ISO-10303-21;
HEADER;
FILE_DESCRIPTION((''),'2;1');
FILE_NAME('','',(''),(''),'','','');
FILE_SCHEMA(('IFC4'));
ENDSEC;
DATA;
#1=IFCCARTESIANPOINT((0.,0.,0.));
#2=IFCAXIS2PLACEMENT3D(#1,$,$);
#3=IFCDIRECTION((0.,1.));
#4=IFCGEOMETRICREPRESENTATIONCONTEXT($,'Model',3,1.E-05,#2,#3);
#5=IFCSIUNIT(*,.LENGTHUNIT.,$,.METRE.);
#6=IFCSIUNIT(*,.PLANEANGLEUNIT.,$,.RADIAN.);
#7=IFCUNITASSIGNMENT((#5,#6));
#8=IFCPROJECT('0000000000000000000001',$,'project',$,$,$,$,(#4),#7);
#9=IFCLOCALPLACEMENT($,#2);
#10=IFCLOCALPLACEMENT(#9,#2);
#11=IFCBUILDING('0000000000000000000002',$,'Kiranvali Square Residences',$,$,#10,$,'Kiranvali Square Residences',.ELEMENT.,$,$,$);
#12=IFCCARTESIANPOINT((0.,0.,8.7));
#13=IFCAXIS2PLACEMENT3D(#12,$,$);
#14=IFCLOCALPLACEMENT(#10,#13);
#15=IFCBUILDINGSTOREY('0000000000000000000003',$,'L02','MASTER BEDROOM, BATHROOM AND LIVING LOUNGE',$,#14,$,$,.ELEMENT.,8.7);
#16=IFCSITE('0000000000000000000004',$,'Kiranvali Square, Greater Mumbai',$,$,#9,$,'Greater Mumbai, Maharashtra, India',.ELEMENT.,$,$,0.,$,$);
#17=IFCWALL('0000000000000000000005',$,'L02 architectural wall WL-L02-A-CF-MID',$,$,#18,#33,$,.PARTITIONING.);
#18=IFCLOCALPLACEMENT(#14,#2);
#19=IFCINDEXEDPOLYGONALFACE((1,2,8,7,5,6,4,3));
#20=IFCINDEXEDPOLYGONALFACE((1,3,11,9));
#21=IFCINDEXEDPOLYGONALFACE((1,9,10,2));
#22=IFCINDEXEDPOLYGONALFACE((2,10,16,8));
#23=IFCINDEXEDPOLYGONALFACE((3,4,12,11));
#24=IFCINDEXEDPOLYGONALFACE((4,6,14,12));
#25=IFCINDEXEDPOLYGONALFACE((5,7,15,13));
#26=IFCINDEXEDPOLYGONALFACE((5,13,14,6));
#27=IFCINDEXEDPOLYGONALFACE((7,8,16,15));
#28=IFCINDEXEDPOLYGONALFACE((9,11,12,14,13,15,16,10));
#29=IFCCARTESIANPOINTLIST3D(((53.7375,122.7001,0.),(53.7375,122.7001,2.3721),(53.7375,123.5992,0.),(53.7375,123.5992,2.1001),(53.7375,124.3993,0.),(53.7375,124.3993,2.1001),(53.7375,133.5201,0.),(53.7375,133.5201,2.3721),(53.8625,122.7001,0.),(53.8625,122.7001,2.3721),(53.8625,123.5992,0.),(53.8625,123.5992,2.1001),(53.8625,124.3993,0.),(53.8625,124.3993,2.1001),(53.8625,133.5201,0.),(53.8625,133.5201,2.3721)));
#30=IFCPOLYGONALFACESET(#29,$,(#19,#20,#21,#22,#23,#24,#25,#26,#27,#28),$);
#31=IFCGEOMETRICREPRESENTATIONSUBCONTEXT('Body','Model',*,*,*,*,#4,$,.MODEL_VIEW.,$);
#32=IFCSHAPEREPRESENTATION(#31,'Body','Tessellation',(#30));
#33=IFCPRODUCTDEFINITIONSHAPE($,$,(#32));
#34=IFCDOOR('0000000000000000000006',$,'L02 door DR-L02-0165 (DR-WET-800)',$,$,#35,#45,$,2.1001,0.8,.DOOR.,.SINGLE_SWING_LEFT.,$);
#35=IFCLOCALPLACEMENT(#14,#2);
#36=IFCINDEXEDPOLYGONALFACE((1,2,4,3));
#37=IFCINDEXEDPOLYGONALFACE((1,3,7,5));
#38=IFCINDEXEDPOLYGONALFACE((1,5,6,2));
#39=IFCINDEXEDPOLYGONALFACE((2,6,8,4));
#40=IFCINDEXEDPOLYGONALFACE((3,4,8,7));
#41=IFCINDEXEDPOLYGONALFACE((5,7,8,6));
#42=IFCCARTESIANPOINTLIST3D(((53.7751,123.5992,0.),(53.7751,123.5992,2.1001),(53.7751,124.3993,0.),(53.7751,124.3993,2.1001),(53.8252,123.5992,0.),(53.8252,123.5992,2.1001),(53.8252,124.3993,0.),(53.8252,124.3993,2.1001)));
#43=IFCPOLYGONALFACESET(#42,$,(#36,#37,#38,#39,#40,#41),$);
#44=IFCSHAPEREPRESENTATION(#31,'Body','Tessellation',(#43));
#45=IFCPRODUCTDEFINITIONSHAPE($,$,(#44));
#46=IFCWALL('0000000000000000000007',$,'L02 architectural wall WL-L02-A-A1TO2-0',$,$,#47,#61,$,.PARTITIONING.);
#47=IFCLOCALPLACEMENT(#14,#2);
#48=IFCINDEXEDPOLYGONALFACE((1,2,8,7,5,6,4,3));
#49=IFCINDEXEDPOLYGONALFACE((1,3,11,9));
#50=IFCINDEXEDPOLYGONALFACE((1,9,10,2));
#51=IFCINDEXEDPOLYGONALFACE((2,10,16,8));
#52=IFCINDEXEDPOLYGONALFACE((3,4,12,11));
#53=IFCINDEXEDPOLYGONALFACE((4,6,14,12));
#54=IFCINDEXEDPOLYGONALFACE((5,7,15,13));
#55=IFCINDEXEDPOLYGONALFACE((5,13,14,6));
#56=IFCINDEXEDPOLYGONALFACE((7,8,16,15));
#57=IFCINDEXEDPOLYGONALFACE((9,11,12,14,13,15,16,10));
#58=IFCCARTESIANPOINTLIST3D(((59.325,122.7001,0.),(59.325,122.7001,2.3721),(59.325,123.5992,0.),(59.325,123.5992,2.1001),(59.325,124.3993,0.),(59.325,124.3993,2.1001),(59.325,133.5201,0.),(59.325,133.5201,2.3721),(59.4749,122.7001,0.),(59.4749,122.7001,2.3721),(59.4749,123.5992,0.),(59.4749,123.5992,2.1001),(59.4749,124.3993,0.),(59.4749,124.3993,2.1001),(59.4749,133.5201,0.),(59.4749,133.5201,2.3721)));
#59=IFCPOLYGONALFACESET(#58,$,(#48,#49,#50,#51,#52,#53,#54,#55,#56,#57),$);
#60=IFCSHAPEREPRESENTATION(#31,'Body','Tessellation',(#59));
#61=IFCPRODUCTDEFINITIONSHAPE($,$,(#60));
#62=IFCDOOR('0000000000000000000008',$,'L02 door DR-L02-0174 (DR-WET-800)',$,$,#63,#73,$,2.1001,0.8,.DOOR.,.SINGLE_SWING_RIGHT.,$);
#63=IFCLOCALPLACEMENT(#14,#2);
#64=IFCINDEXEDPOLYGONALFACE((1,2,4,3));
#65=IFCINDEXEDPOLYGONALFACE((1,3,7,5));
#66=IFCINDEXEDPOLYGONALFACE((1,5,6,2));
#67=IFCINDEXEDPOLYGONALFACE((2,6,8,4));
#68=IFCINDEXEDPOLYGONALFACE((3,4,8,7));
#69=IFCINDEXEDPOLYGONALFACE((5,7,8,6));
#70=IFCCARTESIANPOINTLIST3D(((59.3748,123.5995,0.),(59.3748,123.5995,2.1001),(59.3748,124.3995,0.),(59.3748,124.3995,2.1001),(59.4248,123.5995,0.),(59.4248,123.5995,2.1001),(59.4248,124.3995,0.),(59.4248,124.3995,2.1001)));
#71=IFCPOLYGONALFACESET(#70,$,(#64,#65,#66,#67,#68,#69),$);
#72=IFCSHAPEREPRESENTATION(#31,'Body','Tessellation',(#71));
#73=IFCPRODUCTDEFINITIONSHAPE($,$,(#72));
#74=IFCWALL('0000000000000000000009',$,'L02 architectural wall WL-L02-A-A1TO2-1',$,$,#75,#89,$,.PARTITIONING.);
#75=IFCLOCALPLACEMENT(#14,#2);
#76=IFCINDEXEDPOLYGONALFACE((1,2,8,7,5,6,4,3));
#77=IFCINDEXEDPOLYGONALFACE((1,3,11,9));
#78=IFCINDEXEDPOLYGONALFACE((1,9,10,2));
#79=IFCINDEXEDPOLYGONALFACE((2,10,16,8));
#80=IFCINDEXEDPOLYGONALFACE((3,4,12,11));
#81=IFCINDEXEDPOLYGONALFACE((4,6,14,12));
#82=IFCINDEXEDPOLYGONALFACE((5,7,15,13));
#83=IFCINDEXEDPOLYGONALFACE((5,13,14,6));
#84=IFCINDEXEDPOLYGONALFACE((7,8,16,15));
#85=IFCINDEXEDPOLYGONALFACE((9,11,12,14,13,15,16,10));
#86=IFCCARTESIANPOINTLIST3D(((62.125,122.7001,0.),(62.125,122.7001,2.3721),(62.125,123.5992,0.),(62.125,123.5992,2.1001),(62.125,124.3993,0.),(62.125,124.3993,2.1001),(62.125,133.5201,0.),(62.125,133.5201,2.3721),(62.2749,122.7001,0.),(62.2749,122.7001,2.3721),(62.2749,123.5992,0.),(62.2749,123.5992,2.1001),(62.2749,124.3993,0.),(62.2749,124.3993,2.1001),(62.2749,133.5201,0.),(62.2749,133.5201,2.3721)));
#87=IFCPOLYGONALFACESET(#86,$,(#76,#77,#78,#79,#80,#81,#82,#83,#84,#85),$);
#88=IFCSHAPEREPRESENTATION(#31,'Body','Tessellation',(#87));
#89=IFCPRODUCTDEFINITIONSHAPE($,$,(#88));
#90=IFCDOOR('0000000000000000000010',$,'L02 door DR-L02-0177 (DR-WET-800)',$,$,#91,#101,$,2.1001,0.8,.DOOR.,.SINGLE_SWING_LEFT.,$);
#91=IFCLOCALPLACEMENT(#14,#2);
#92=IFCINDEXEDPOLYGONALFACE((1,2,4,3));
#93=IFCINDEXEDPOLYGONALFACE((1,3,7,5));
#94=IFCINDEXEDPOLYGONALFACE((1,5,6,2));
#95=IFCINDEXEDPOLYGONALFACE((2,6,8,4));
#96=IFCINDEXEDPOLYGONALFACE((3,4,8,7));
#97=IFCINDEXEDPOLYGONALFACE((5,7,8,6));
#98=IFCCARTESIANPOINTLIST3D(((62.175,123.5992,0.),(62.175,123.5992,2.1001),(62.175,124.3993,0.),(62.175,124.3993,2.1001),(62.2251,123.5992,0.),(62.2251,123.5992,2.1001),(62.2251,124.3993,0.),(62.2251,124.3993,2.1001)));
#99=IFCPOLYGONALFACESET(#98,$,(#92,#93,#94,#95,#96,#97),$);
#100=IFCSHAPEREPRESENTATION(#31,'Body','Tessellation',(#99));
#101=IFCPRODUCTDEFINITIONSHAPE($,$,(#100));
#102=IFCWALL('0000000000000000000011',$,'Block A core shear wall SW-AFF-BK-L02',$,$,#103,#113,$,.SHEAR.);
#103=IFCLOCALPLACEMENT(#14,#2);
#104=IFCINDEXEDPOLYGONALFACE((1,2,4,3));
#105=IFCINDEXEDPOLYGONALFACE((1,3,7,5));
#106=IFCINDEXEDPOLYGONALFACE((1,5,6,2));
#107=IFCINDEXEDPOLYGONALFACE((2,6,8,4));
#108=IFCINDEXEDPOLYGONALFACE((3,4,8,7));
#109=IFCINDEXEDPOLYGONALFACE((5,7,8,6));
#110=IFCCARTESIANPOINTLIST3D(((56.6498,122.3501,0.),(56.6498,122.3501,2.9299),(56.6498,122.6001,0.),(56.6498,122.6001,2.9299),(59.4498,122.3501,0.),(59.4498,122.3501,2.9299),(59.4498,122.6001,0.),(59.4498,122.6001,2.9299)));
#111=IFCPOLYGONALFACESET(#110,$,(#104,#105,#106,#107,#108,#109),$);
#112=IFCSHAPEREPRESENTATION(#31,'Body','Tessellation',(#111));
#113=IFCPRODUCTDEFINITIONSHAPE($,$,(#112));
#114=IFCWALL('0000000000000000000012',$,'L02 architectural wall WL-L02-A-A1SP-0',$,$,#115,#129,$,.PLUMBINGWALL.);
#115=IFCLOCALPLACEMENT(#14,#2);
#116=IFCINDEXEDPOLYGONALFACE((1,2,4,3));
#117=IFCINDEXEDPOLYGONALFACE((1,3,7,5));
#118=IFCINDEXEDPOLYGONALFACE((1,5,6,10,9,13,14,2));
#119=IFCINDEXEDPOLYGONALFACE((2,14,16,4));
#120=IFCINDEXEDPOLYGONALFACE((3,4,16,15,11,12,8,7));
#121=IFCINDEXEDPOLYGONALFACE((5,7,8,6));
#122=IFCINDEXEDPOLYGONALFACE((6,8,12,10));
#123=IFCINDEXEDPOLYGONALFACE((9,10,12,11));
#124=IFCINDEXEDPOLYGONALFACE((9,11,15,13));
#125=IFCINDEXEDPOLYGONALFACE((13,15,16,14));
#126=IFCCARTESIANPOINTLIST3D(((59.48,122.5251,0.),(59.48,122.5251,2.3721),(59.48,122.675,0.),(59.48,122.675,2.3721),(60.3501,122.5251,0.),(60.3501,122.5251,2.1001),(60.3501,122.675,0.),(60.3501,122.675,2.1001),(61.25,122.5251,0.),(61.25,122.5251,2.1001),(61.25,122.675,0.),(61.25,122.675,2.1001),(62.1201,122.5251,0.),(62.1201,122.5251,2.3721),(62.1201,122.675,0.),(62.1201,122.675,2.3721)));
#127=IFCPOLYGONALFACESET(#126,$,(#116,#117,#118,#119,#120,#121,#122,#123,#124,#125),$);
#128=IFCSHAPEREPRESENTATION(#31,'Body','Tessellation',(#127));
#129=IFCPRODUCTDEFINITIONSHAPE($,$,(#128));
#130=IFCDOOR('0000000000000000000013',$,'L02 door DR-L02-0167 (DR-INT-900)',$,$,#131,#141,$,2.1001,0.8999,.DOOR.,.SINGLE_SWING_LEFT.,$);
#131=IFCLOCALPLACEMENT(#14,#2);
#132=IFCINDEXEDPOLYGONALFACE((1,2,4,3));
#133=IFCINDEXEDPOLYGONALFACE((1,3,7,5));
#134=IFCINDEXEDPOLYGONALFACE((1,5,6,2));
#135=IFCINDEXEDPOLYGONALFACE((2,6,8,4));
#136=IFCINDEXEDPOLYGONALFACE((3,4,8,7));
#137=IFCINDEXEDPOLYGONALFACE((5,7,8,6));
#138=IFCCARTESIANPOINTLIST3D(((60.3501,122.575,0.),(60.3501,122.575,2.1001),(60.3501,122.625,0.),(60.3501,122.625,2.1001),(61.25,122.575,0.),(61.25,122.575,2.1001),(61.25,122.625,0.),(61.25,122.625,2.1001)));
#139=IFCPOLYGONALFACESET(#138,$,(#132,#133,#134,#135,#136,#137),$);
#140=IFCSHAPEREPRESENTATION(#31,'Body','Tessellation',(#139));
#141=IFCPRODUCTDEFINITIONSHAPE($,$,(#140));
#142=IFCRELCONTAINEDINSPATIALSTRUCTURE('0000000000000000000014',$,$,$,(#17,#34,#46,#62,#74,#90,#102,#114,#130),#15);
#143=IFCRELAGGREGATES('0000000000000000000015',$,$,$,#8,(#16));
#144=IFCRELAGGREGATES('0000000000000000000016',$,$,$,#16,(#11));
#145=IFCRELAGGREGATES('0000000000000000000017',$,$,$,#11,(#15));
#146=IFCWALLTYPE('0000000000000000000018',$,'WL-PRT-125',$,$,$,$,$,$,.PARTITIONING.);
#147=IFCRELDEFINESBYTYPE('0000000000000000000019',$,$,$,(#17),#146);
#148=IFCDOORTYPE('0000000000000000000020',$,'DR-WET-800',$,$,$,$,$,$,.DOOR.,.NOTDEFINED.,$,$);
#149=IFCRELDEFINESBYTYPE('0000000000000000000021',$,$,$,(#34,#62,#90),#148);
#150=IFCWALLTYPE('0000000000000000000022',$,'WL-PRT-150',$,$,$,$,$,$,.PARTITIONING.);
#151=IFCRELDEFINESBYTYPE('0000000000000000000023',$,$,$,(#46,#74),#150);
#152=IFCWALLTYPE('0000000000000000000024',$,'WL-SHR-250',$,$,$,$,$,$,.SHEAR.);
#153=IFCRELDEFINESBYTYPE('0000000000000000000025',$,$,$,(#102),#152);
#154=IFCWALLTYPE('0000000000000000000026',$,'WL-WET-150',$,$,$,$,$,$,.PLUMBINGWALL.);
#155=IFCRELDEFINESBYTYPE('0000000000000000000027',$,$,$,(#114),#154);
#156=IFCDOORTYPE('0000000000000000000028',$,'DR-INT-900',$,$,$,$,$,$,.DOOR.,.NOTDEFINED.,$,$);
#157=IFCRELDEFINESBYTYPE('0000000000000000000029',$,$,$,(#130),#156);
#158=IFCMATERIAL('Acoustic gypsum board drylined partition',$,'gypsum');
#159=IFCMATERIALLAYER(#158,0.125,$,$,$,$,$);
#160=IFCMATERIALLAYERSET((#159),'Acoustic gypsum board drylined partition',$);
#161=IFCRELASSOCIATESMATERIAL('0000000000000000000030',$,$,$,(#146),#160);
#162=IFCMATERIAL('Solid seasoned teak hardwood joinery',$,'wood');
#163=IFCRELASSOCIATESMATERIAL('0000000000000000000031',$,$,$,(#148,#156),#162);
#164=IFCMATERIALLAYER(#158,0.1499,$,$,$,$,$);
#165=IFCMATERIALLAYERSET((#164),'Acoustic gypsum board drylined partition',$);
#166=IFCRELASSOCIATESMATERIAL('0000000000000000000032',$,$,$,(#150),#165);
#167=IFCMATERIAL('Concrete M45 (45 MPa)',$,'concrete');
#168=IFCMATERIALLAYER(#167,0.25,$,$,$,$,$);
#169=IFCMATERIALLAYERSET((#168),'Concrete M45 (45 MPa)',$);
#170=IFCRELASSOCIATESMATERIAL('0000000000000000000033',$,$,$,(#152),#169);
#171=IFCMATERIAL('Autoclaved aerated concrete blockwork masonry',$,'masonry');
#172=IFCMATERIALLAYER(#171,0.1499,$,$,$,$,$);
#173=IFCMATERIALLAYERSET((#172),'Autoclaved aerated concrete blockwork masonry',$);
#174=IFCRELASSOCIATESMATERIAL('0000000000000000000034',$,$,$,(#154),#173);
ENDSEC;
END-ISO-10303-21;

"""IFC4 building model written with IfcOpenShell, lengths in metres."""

from ifc_helpers import new_model, si_unit, direction, frame, frame_2d, origin, place, context, subcontext, project, spatial, rectangle, extrude, material, layer, layer_set, type_object, element, fill, save


model = new_model("IFC4")

# Units and contexts
model_context = context("Model", 3, precision=1e-05, world=origin(), true_north=direction((0.0, 1.0)))
body_context = subcontext(model_context, "Body", "Model", "MODEL_VIEW")
ifc_project = project(units=[si_unit("LENGTHUNIT", "METRE"), si_unit("PLANEANGLEUNIT", "RADIAN")], contexts=[model_context])

# Site, building, storey
site_placement = place(None, origin())
site = spatial("IfcSite", under=ifc_project, at=site_placement, Name="Kiranvali Square, Greater Mumbai", LongName="Greater Mumbai, Maharashtra, India", CompositionType="ELEMENT", RefElevation=0.0)
building_placement = place(site_placement, origin())
building = spatial("IfcBuilding", under=site, at=building_placement, Name="Kiranvali Square Residences", LongName="Kiranvali Square Residences", CompositionType="ELEMENT")
storey_placement = place(building_placement, frame((0.0, 0.0, 8.7)))
storey = spatial("IfcBuildingStorey", under=building, at=storey_placement, Name="L02", Description="MASTER BEDROOM, BATHROOM AND LIVING LOUNGE", CompositionType="ELEMENT", Elevation=8.7)

# Shared definitions
ifc_material_1 = material(Name="Concrete M45 (45 MPa)", Category="concrete")

# Walls, openings, doors
ifc_material_2 = material(Name="Acoustic gypsum board drylined partition", Category="gypsum")
ifc_layer_1 = layer(ifc_material_2, 0.125)
ifc_layer_set_1 = layer_set([ifc_layer_1], Name="Acoustic gypsum board drylined partition")
wall_type_1 = type_object("IfcWallType", Name="WL-PRT-125", PredefinedType="PARTITIONING", material=ifc_layer_set_1)
wall_1_placement = place(storey_placement, frame((53.8, 122.7, 0.0), z_axis=(0.0, 0.0, 1.0), x_axis=(0.0, 1.0, 0.0)))
wall_1 = element("IfcWall", 1, at=wall_1_placement, inside=storey, type_object=wall_type_1, Name="L02 architectural wall WL-L02-A-CF-MID", PredefinedType="PARTITIONING", context=body_context, shape_type="SweptSolid", body=[
    extrude(rectangle(XDim=10.8201, YDim=0.125, at=frame_2d((5.4102, 0.0))), origin(), (0.0, 0.0, 1.0), 2.3721),
])
opening_1_placement = place(wall_1_placement, frame((0.8994, 0.0, 0.0)))
opening_1 = element("IfcOpeningElement", 2, at=opening_1_placement, cuts=wall_1, PredefinedType="OPENING", context=body_context, shape_type="SweptSolid", body=[
    extrude(rectangle(XDim=0.8, YDim=2.1001, at=frame_2d((0.3999, 1.05))), frame((0.0, 0.0725, 0.0), z_axis=(0.0, -1.0, 0.0), x_axis=(1.0, 0.0, 0.0)), (0.0, 0.0, 1.0), 0.145),
])
ifc_material_3 = material(Name="Solid seasoned teak hardwood joinery", Category="wood")
door_type_1 = type_object("IfcDoorType", Name="DR-WET-800", OperationType="NOTDEFINED", PredefinedType="DOOR", material=ifc_material_3)
door_1_placement = place(opening_1_placement, origin())
door_1 = element("IfcDoor", 3, at=door_1_placement, inside=storey, type_object=door_type_1, Name="L02 door DR-L02-0165 (DR-WET-800)", OperationType="SINGLE_SWING_LEFT", OverallHeight=2.1001, OverallWidth=0.8, PredefinedType="DOOR", context=body_context, shape_type="SweptSolid", body=[
    extrude(rectangle(XDim=0.8, YDim=2.1001, at=frame_2d((0.3999, 1.05))), frame((0.0, 0.0249, 0.0), z_axis=(0.0, -1.0, 0.0), x_axis=(1.0, 0.0, 0.0)), (0.0, 0.0, 1.0), 0.05),
])
fill(opening_1, door_1)
ifc_layer_2 = layer(ifc_material_2, 0.1499)
ifc_layer_set_2 = layer_set([ifc_layer_2], Name="Acoustic gypsum board drylined partition")
wall_type_2 = type_object("IfcWallType", Name="WL-PRT-150", PredefinedType="PARTITIONING", material=ifc_layer_set_2)
wall_2_placement = place(storey_placement, frame((59.3999, 122.7, 0.0), z_axis=(0.0, 0.0, 1.0), x_axis=(0.0, 1.0, 0.0)))
wall_2 = element("IfcWall", 4, at=wall_2_placement, inside=storey, type_object=wall_type_2, Name="L02 architectural wall WL-L02-A-A1TO2-0", PredefinedType="PARTITIONING", context=body_context, shape_type="SweptSolid", body=[
    extrude(rectangle(XDim=10.8201, YDim=0.1499, at=frame_2d((5.4102, 0.0))), origin(), (0.0, 0.0, 1.0), 2.3721),
])
opening_2_placement = place(wall_2_placement, frame((0.8994, 0.0, 0.0)))
opening_2 = element("IfcOpeningElement", 5, at=opening_2_placement, cuts=wall_2, PredefinedType="OPENING", context=body_context, shape_type="SweptSolid", body=[
    extrude(rectangle(XDim=0.8, YDim=2.1001, at=frame_2d((0.3999, 1.05))), frame((0.0, 0.085, 0.0), z_axis=(0.0, -1.0, 0.0), x_axis=(1.0, 0.0, 0.0)), (0.0, 0.0, 1.0), 0.1699),
])
door_2_placement = place(opening_2_placement, frame((0.8, 0.0, 0.0), z_axis=(0.0, 0.0, 1.0), x_axis=(-1.0, 0.0, 0.0)))
door_2 = element("IfcDoor", 6, at=door_2_placement, inside=storey, type_object=door_type_1, Name="L02 door DR-L02-0174 (DR-WET-800)", OperationType="SINGLE_SWING_RIGHT", OverallHeight=2.1001, OverallWidth=0.8, PredefinedType="DOOR", context=body_context, shape_type="SweptSolid", body=[
    extrude(rectangle(XDim=0.8, YDim=2.1001, at=frame_2d((0.3999, 1.05))), frame((0.0, 0.0249, 0.0), z_axis=(0.0, -1.0, 0.0), x_axis=(1.0, 0.0, 0.0)), (0.0, 0.0, 1.0), 0.05),
])
fill(opening_2, door_2)
wall_3_placement = place(storey_placement, frame((62.2, 122.7, 0.0), z_axis=(0.0, 0.0, 1.0), x_axis=(0.0, 1.0, 0.0)))
wall_3 = element("IfcWall", 7, at=wall_3_placement, inside=storey, type_object=wall_type_2, Name="L02 architectural wall WL-L02-A-A1TO2-1", PredefinedType="PARTITIONING", context=body_context, shape_type="SweptSolid", body=[
    extrude(rectangle(XDim=10.8201, YDim=0.1499, at=frame_2d((5.4102, 0.0))), origin(), (0.0, 0.0, 1.0), 2.3721),
])
opening_3_placement = place(wall_3_placement, frame((0.8994, 0.0, 0.0)))
opening_3 = element("IfcOpeningElement", 8, at=opening_3_placement, cuts=wall_3, PredefinedType="OPENING", context=body_context, shape_type="SweptSolid", body=[
    extrude(rectangle(XDim=0.8, YDim=2.1001, at=frame_2d((0.3999, 1.05))), frame((0.0, 0.085, 0.0), z_axis=(0.0, -1.0, 0.0), x_axis=(1.0, 0.0, 0.0)), (0.0, 0.0, 1.0), 0.1699),
])
door_3_placement = place(opening_3_placement, origin())
door_3 = element("IfcDoor", 9, at=door_3_placement, inside=storey, type_object=door_type_1, Name="L02 door DR-L02-0177 (DR-WET-800)", OperationType="SINGLE_SWING_LEFT", OverallHeight=2.1001, OverallWidth=0.8, PredefinedType="DOOR", context=body_context, shape_type="SweptSolid", body=[
    extrude(rectangle(XDim=0.8, YDim=2.1001, at=frame_2d((0.3999, 1.05))), frame((0.0, 0.0249, 0.0), z_axis=(0.0, -1.0, 0.0), x_axis=(1.0, 0.0, 0.0)), (0.0, 0.0, 1.0), 0.05),
])
fill(opening_3, door_3)

# Wall
ifc_layer_3 = layer(ifc_material_1, 0.25)
ifc_layer_set_3 = layer_set([ifc_layer_3], Name="Concrete M45 (45 MPa)")
wall_type_3 = type_object("IfcWallType", Name="WL-SHR-250", PredefinedType="SHEAR", material=ifc_layer_set_3)
wall_4_placement = place(storey_placement, frame((56.6499, 122.4751, 0.0), z_axis=(0.0, 0.0, 1.0), x_axis=(1.0, 0.0, 0.0)))
element("IfcWall", 10, at=wall_4_placement, inside=storey, type_object=wall_type_3, Name="Block A core shear wall SW-AFF-BK-L02", PredefinedType="SHEAR", context=body_context, shape_type="SweptSolid", body=[
    extrude(rectangle(XDim=2.8, YDim=0.25, at=frame_2d((1.3999, 0.0))), origin(), (0.0, 0.0, 1.0), 2.9299),
])

# Wall, opening, door
ifc_material_4 = material(Name="Autoclaved aerated concrete blockwork masonry", Category="masonry")
ifc_layer_4 = layer(ifc_material_4, 0.1499)
ifc_layer_set_4 = layer_set([ifc_layer_4], Name="Autoclaved aerated concrete blockwork masonry")
wall_type_4 = type_object("IfcWallType", Name="WL-WET-150", PredefinedType="PLUMBINGWALL", material=ifc_layer_set_4)
wall_5_placement = place(storey_placement, frame((59.48, 122.6001, 0.0), z_axis=(0.0, 0.0, 1.0), x_axis=(1.0, 0.0, 0.0)))
wall_5 = element("IfcWall", 11, at=wall_5_placement, inside=storey, type_object=wall_type_4, Name="L02 architectural wall WL-L02-A-A1SP-0", PredefinedType="PLUMBINGWALL", context=body_context, shape_type="SweptSolid", body=[
    extrude(rectangle(XDim=2.6401, YDim=0.1499, at=frame_2d((1.3201, 0.0))), origin(), (0.0, 0.0, 1.0), 2.3721),
])
opening_4_placement = place(wall_5_placement, frame((0.8701, 0.0, 0.0)))
opening_4 = element("IfcOpeningElement", 12, at=opening_4_placement, cuts=wall_5, PredefinedType="OPENING", context=body_context, shape_type="SweptSolid", body=[
    extrude(rectangle(XDim=0.8999, YDim=2.1001, at=frame_2d((0.45, 1.05))), frame((0.0, 0.085, 0.0), z_axis=(0.0, -1.0, 0.0), x_axis=(1.0, 0.0, 0.0)), (0.0, 0.0, 1.0), 0.1699),
])
door_type_2 = type_object("IfcDoorType", Name="DR-INT-900", OperationType="NOTDEFINED", PredefinedType="DOOR", material=ifc_material_3)
door_4_placement = place(opening_4_placement, origin())
door_4 = element("IfcDoor", 13, at=door_4_placement, inside=storey, type_object=door_type_2, Name="L02 door DR-L02-0167 (DR-INT-900)", OperationType="SINGLE_SWING_LEFT", OverallHeight=2.1001, OverallWidth=0.8999, PredefinedType="DOOR", context=body_context, shape_type="SweptSolid", body=[
    extrude(rectangle(XDim=0.8999, YDim=2.1001, at=frame_2d((0.45, 1.05))), frame((0.0, 0.0249, 0.0), z_axis=(0.0, -1.0, 0.0), x_axis=(1.0, 0.0, 0.0)), (0.0, 0.0, 1.0), 0.05),
])
fill(opening_4, door_4)

save(model, "model.ifc")
